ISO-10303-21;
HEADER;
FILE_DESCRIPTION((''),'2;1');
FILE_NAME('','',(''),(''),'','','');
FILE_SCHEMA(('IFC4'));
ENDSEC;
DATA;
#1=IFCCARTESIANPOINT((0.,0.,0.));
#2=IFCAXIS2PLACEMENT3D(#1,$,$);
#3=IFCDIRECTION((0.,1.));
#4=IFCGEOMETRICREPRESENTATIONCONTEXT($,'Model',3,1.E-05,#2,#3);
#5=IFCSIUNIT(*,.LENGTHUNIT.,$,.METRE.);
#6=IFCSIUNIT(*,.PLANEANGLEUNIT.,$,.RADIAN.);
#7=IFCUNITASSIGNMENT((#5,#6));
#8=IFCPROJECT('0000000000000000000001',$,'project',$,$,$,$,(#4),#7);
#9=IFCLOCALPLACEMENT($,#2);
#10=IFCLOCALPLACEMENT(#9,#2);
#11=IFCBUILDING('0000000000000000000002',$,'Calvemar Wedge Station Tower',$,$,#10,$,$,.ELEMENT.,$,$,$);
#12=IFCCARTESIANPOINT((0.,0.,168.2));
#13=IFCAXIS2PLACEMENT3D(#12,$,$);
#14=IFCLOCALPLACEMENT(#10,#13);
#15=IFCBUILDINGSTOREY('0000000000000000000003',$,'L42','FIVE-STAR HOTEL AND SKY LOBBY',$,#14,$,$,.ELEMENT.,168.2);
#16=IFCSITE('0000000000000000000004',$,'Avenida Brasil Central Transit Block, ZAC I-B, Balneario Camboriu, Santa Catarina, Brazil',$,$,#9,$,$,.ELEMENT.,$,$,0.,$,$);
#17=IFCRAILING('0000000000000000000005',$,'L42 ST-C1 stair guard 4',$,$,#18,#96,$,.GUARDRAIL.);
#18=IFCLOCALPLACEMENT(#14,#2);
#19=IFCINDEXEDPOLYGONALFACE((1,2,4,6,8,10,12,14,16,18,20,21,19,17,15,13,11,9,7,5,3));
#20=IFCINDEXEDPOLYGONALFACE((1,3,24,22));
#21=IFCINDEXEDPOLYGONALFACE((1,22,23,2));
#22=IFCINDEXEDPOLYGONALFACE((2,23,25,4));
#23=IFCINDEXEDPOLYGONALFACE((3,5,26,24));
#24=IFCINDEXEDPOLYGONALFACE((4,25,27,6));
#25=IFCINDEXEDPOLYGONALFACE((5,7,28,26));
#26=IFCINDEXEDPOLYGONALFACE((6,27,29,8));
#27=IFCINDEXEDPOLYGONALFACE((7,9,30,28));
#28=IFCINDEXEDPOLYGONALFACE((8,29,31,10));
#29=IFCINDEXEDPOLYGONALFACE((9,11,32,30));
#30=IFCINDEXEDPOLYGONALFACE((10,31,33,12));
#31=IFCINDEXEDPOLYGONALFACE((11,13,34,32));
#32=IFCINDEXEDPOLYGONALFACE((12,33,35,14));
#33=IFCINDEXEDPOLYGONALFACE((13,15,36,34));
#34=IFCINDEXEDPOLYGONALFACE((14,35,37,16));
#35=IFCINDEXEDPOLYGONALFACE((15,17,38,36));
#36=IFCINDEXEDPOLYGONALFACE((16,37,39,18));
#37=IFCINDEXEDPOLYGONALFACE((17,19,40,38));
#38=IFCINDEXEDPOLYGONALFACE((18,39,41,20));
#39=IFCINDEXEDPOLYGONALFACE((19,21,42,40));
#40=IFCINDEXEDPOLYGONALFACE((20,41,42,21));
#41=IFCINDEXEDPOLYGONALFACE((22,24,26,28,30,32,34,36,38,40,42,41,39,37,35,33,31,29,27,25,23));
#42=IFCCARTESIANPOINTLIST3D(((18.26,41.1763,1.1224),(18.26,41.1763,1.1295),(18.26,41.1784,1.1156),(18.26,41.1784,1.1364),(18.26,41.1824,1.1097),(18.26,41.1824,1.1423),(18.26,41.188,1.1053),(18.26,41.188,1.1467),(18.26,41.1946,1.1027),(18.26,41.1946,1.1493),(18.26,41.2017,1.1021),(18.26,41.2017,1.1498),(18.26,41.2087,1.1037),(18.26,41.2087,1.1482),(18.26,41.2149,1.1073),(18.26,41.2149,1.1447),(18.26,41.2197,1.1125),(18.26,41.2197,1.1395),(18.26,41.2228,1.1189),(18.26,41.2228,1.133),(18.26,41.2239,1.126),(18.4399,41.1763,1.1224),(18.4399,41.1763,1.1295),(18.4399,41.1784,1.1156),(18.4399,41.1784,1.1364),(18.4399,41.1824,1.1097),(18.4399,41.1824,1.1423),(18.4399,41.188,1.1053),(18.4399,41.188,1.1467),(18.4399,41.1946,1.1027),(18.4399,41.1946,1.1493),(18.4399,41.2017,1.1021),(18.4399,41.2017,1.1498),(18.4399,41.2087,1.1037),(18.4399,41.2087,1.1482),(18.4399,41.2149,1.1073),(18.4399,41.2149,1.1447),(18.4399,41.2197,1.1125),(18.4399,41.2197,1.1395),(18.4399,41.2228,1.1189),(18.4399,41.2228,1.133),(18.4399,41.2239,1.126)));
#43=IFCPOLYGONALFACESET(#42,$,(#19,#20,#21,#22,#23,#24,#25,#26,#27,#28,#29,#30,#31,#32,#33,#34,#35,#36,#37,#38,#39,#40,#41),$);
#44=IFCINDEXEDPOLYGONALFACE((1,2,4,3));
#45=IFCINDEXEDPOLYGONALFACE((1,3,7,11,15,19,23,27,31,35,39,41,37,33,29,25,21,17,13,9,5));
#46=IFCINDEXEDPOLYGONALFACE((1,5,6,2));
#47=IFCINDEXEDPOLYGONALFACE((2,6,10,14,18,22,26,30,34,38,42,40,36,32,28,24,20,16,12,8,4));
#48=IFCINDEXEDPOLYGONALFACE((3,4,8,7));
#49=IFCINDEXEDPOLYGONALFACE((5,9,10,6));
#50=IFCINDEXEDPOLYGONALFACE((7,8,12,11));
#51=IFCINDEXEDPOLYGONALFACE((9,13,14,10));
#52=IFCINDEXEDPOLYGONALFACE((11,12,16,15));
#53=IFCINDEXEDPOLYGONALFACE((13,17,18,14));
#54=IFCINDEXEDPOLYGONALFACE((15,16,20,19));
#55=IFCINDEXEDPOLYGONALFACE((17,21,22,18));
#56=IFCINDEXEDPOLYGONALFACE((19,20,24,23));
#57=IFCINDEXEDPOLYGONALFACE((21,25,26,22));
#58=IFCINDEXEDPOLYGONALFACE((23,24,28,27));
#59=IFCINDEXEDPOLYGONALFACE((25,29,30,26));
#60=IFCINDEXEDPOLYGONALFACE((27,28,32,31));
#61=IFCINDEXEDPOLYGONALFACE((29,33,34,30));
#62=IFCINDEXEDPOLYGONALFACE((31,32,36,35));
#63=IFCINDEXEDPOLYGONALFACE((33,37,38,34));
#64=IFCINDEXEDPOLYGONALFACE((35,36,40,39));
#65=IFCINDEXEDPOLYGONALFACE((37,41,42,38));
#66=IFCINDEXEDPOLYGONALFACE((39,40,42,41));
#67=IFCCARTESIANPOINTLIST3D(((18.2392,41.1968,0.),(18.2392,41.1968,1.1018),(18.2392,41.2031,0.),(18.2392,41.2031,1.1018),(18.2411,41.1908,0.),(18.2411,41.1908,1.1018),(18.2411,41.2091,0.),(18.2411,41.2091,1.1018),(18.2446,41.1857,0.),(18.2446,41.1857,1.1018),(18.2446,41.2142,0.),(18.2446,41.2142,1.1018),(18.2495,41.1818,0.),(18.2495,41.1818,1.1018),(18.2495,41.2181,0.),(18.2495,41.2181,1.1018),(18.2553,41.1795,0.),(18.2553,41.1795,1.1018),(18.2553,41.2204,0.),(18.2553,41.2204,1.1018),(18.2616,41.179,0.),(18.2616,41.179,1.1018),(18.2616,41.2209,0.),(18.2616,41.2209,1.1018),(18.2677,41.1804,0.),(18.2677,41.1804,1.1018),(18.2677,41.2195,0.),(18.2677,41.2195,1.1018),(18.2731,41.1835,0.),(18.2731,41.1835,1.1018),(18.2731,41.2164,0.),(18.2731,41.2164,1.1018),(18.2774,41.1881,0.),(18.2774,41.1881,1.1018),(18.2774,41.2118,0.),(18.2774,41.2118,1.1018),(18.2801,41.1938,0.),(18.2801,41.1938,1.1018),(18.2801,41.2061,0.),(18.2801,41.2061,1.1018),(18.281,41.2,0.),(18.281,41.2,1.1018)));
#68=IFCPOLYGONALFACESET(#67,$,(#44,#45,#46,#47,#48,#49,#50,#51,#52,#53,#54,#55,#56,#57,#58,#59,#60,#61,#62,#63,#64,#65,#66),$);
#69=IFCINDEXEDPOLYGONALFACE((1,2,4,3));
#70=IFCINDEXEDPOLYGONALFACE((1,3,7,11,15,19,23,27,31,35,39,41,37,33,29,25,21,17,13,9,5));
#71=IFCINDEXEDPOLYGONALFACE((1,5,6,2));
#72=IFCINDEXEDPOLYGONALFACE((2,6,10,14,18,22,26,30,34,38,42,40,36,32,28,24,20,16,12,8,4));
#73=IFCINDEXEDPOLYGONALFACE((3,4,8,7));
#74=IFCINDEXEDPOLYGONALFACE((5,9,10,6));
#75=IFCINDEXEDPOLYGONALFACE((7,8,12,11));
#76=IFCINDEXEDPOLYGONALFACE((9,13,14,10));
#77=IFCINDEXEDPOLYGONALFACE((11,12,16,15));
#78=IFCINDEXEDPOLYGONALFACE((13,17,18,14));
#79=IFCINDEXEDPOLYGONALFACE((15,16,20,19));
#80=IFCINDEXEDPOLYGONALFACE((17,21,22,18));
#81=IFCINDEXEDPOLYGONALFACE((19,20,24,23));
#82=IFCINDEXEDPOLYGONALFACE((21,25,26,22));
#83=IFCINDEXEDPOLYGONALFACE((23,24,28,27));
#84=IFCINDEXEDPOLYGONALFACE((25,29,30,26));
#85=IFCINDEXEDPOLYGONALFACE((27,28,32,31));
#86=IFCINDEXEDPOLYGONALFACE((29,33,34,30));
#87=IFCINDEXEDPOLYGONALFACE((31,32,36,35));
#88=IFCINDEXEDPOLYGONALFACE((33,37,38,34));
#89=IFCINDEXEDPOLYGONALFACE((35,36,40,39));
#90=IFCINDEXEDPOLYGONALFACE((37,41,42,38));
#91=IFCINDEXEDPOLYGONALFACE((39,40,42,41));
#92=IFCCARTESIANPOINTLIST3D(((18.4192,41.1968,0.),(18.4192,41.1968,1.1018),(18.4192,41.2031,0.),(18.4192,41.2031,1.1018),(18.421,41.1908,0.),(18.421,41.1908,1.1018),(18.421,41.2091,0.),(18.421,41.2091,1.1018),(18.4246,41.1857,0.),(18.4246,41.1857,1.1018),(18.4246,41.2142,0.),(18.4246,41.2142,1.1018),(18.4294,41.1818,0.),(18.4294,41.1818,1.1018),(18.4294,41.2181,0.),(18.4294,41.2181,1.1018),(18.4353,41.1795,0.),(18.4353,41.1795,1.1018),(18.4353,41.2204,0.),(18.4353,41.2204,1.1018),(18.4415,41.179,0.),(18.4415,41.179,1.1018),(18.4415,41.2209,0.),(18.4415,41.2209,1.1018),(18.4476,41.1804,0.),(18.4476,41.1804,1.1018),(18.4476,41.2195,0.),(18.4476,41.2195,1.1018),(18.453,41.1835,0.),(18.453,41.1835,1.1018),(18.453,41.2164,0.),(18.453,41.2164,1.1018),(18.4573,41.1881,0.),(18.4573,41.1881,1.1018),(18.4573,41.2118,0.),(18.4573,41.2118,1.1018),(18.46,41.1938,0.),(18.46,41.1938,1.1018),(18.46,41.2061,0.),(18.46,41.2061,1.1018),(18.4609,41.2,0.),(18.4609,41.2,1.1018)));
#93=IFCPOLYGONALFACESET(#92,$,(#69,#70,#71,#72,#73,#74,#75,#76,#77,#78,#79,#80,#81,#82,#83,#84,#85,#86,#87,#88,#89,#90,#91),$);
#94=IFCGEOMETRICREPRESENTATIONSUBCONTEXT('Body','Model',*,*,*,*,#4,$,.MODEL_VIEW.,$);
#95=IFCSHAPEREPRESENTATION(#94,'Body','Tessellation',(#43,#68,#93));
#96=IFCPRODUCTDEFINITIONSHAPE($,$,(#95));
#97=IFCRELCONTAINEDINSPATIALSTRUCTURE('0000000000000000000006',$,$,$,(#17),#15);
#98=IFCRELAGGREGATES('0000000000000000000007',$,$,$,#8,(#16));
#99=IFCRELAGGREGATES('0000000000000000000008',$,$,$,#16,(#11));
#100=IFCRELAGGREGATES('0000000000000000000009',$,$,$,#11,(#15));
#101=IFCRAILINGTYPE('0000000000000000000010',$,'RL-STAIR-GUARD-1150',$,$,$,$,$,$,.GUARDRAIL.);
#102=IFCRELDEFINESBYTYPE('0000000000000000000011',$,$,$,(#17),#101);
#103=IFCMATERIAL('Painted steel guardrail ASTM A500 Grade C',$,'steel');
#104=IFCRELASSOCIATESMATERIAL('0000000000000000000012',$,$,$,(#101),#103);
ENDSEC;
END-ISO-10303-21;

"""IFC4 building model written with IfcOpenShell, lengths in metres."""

from ifc_helpers import new_model, si_unit, direction, frame, origin, origin_2d, place, context, subcontext, project, spatial, circle, extrude, material, type_object, element, save


model = new_model("IFC4")

# Units and contexts
model_context = context("Model", 3, precision=1e-05, world=origin(), true_north=direction((0.0, 1.0)))
body_context = subcontext(model_context, "Body", "Model", "MODEL_VIEW")
ifc_project = project(units=[si_unit("LENGTHUNIT", "METRE"), si_unit("PLANEANGLEUNIT", "RADIAN")], contexts=[model_context])

# Site, building, storey
site_placement = place(None, origin())
site = spatial("IfcSite", under=ifc_project, at=site_placement, Name="Avenida Brasil Central Transit Block, ZAC I-B, Balneario Camboriu, Santa Catarina, Brazil", CompositionType="ELEMENT", RefElevation=0.0)
building_placement = place(site_placement, origin())
building = spatial("IfcBuilding", under=site, at=building_placement, Name="Calvemar Wedge Station Tower", CompositionType="ELEMENT")
storey_placement = place(building_placement, frame((0.0, 0.0, 168.2)))
storey = spatial("IfcBuildingStorey", under=building, at=storey_placement, Name="L42", Description="FIVE-STAR HOTEL AND SKY LOBBY", CompositionType="ELEMENT", Elevation=168.2)

# Railing
ifc_material_1 = material(Name="Painted steel guardrail ASTM A500 Grade C", Category="steel")
railing_type_1 = type_object("IfcRailingType", Name="RL-STAIR-GUARD-1150", PredefinedType="GUARDRAIL", material=ifc_material_1)
railing_1_placement = place(storey_placement, frame((18.26, 41.2, 0.0)))
element("IfcRailing", 1, at=railing_1_placement, inside=storey, type_object=railing_type_1, Name="L42 ST-C1 stair guard 4", PredefinedType="GUARDRAIL", context=body_context, shape_type="SweptSolid", body=[
    extrude(circle(Radius=0.0239, at=origin_2d()), frame((0.0, 0.0, 1.126), z_axis=(1.0, 0.0, 0.0), x_axis=(0.0, 1.0, 0.0)), (0.0, 0.0, 1.0), 0.1799),
    extrude(circle(Radius=0.021, at=origin_2d()), origin(), (0.0, 0.0, 1.0), 1.1018),
    extrude(circle(Radius=0.021, at=origin_2d()), frame((0.1799, 0.0, 0.0)), (0.0, 0.0, 1.0), 1.1018),
])

save(model, "model.ifc")
